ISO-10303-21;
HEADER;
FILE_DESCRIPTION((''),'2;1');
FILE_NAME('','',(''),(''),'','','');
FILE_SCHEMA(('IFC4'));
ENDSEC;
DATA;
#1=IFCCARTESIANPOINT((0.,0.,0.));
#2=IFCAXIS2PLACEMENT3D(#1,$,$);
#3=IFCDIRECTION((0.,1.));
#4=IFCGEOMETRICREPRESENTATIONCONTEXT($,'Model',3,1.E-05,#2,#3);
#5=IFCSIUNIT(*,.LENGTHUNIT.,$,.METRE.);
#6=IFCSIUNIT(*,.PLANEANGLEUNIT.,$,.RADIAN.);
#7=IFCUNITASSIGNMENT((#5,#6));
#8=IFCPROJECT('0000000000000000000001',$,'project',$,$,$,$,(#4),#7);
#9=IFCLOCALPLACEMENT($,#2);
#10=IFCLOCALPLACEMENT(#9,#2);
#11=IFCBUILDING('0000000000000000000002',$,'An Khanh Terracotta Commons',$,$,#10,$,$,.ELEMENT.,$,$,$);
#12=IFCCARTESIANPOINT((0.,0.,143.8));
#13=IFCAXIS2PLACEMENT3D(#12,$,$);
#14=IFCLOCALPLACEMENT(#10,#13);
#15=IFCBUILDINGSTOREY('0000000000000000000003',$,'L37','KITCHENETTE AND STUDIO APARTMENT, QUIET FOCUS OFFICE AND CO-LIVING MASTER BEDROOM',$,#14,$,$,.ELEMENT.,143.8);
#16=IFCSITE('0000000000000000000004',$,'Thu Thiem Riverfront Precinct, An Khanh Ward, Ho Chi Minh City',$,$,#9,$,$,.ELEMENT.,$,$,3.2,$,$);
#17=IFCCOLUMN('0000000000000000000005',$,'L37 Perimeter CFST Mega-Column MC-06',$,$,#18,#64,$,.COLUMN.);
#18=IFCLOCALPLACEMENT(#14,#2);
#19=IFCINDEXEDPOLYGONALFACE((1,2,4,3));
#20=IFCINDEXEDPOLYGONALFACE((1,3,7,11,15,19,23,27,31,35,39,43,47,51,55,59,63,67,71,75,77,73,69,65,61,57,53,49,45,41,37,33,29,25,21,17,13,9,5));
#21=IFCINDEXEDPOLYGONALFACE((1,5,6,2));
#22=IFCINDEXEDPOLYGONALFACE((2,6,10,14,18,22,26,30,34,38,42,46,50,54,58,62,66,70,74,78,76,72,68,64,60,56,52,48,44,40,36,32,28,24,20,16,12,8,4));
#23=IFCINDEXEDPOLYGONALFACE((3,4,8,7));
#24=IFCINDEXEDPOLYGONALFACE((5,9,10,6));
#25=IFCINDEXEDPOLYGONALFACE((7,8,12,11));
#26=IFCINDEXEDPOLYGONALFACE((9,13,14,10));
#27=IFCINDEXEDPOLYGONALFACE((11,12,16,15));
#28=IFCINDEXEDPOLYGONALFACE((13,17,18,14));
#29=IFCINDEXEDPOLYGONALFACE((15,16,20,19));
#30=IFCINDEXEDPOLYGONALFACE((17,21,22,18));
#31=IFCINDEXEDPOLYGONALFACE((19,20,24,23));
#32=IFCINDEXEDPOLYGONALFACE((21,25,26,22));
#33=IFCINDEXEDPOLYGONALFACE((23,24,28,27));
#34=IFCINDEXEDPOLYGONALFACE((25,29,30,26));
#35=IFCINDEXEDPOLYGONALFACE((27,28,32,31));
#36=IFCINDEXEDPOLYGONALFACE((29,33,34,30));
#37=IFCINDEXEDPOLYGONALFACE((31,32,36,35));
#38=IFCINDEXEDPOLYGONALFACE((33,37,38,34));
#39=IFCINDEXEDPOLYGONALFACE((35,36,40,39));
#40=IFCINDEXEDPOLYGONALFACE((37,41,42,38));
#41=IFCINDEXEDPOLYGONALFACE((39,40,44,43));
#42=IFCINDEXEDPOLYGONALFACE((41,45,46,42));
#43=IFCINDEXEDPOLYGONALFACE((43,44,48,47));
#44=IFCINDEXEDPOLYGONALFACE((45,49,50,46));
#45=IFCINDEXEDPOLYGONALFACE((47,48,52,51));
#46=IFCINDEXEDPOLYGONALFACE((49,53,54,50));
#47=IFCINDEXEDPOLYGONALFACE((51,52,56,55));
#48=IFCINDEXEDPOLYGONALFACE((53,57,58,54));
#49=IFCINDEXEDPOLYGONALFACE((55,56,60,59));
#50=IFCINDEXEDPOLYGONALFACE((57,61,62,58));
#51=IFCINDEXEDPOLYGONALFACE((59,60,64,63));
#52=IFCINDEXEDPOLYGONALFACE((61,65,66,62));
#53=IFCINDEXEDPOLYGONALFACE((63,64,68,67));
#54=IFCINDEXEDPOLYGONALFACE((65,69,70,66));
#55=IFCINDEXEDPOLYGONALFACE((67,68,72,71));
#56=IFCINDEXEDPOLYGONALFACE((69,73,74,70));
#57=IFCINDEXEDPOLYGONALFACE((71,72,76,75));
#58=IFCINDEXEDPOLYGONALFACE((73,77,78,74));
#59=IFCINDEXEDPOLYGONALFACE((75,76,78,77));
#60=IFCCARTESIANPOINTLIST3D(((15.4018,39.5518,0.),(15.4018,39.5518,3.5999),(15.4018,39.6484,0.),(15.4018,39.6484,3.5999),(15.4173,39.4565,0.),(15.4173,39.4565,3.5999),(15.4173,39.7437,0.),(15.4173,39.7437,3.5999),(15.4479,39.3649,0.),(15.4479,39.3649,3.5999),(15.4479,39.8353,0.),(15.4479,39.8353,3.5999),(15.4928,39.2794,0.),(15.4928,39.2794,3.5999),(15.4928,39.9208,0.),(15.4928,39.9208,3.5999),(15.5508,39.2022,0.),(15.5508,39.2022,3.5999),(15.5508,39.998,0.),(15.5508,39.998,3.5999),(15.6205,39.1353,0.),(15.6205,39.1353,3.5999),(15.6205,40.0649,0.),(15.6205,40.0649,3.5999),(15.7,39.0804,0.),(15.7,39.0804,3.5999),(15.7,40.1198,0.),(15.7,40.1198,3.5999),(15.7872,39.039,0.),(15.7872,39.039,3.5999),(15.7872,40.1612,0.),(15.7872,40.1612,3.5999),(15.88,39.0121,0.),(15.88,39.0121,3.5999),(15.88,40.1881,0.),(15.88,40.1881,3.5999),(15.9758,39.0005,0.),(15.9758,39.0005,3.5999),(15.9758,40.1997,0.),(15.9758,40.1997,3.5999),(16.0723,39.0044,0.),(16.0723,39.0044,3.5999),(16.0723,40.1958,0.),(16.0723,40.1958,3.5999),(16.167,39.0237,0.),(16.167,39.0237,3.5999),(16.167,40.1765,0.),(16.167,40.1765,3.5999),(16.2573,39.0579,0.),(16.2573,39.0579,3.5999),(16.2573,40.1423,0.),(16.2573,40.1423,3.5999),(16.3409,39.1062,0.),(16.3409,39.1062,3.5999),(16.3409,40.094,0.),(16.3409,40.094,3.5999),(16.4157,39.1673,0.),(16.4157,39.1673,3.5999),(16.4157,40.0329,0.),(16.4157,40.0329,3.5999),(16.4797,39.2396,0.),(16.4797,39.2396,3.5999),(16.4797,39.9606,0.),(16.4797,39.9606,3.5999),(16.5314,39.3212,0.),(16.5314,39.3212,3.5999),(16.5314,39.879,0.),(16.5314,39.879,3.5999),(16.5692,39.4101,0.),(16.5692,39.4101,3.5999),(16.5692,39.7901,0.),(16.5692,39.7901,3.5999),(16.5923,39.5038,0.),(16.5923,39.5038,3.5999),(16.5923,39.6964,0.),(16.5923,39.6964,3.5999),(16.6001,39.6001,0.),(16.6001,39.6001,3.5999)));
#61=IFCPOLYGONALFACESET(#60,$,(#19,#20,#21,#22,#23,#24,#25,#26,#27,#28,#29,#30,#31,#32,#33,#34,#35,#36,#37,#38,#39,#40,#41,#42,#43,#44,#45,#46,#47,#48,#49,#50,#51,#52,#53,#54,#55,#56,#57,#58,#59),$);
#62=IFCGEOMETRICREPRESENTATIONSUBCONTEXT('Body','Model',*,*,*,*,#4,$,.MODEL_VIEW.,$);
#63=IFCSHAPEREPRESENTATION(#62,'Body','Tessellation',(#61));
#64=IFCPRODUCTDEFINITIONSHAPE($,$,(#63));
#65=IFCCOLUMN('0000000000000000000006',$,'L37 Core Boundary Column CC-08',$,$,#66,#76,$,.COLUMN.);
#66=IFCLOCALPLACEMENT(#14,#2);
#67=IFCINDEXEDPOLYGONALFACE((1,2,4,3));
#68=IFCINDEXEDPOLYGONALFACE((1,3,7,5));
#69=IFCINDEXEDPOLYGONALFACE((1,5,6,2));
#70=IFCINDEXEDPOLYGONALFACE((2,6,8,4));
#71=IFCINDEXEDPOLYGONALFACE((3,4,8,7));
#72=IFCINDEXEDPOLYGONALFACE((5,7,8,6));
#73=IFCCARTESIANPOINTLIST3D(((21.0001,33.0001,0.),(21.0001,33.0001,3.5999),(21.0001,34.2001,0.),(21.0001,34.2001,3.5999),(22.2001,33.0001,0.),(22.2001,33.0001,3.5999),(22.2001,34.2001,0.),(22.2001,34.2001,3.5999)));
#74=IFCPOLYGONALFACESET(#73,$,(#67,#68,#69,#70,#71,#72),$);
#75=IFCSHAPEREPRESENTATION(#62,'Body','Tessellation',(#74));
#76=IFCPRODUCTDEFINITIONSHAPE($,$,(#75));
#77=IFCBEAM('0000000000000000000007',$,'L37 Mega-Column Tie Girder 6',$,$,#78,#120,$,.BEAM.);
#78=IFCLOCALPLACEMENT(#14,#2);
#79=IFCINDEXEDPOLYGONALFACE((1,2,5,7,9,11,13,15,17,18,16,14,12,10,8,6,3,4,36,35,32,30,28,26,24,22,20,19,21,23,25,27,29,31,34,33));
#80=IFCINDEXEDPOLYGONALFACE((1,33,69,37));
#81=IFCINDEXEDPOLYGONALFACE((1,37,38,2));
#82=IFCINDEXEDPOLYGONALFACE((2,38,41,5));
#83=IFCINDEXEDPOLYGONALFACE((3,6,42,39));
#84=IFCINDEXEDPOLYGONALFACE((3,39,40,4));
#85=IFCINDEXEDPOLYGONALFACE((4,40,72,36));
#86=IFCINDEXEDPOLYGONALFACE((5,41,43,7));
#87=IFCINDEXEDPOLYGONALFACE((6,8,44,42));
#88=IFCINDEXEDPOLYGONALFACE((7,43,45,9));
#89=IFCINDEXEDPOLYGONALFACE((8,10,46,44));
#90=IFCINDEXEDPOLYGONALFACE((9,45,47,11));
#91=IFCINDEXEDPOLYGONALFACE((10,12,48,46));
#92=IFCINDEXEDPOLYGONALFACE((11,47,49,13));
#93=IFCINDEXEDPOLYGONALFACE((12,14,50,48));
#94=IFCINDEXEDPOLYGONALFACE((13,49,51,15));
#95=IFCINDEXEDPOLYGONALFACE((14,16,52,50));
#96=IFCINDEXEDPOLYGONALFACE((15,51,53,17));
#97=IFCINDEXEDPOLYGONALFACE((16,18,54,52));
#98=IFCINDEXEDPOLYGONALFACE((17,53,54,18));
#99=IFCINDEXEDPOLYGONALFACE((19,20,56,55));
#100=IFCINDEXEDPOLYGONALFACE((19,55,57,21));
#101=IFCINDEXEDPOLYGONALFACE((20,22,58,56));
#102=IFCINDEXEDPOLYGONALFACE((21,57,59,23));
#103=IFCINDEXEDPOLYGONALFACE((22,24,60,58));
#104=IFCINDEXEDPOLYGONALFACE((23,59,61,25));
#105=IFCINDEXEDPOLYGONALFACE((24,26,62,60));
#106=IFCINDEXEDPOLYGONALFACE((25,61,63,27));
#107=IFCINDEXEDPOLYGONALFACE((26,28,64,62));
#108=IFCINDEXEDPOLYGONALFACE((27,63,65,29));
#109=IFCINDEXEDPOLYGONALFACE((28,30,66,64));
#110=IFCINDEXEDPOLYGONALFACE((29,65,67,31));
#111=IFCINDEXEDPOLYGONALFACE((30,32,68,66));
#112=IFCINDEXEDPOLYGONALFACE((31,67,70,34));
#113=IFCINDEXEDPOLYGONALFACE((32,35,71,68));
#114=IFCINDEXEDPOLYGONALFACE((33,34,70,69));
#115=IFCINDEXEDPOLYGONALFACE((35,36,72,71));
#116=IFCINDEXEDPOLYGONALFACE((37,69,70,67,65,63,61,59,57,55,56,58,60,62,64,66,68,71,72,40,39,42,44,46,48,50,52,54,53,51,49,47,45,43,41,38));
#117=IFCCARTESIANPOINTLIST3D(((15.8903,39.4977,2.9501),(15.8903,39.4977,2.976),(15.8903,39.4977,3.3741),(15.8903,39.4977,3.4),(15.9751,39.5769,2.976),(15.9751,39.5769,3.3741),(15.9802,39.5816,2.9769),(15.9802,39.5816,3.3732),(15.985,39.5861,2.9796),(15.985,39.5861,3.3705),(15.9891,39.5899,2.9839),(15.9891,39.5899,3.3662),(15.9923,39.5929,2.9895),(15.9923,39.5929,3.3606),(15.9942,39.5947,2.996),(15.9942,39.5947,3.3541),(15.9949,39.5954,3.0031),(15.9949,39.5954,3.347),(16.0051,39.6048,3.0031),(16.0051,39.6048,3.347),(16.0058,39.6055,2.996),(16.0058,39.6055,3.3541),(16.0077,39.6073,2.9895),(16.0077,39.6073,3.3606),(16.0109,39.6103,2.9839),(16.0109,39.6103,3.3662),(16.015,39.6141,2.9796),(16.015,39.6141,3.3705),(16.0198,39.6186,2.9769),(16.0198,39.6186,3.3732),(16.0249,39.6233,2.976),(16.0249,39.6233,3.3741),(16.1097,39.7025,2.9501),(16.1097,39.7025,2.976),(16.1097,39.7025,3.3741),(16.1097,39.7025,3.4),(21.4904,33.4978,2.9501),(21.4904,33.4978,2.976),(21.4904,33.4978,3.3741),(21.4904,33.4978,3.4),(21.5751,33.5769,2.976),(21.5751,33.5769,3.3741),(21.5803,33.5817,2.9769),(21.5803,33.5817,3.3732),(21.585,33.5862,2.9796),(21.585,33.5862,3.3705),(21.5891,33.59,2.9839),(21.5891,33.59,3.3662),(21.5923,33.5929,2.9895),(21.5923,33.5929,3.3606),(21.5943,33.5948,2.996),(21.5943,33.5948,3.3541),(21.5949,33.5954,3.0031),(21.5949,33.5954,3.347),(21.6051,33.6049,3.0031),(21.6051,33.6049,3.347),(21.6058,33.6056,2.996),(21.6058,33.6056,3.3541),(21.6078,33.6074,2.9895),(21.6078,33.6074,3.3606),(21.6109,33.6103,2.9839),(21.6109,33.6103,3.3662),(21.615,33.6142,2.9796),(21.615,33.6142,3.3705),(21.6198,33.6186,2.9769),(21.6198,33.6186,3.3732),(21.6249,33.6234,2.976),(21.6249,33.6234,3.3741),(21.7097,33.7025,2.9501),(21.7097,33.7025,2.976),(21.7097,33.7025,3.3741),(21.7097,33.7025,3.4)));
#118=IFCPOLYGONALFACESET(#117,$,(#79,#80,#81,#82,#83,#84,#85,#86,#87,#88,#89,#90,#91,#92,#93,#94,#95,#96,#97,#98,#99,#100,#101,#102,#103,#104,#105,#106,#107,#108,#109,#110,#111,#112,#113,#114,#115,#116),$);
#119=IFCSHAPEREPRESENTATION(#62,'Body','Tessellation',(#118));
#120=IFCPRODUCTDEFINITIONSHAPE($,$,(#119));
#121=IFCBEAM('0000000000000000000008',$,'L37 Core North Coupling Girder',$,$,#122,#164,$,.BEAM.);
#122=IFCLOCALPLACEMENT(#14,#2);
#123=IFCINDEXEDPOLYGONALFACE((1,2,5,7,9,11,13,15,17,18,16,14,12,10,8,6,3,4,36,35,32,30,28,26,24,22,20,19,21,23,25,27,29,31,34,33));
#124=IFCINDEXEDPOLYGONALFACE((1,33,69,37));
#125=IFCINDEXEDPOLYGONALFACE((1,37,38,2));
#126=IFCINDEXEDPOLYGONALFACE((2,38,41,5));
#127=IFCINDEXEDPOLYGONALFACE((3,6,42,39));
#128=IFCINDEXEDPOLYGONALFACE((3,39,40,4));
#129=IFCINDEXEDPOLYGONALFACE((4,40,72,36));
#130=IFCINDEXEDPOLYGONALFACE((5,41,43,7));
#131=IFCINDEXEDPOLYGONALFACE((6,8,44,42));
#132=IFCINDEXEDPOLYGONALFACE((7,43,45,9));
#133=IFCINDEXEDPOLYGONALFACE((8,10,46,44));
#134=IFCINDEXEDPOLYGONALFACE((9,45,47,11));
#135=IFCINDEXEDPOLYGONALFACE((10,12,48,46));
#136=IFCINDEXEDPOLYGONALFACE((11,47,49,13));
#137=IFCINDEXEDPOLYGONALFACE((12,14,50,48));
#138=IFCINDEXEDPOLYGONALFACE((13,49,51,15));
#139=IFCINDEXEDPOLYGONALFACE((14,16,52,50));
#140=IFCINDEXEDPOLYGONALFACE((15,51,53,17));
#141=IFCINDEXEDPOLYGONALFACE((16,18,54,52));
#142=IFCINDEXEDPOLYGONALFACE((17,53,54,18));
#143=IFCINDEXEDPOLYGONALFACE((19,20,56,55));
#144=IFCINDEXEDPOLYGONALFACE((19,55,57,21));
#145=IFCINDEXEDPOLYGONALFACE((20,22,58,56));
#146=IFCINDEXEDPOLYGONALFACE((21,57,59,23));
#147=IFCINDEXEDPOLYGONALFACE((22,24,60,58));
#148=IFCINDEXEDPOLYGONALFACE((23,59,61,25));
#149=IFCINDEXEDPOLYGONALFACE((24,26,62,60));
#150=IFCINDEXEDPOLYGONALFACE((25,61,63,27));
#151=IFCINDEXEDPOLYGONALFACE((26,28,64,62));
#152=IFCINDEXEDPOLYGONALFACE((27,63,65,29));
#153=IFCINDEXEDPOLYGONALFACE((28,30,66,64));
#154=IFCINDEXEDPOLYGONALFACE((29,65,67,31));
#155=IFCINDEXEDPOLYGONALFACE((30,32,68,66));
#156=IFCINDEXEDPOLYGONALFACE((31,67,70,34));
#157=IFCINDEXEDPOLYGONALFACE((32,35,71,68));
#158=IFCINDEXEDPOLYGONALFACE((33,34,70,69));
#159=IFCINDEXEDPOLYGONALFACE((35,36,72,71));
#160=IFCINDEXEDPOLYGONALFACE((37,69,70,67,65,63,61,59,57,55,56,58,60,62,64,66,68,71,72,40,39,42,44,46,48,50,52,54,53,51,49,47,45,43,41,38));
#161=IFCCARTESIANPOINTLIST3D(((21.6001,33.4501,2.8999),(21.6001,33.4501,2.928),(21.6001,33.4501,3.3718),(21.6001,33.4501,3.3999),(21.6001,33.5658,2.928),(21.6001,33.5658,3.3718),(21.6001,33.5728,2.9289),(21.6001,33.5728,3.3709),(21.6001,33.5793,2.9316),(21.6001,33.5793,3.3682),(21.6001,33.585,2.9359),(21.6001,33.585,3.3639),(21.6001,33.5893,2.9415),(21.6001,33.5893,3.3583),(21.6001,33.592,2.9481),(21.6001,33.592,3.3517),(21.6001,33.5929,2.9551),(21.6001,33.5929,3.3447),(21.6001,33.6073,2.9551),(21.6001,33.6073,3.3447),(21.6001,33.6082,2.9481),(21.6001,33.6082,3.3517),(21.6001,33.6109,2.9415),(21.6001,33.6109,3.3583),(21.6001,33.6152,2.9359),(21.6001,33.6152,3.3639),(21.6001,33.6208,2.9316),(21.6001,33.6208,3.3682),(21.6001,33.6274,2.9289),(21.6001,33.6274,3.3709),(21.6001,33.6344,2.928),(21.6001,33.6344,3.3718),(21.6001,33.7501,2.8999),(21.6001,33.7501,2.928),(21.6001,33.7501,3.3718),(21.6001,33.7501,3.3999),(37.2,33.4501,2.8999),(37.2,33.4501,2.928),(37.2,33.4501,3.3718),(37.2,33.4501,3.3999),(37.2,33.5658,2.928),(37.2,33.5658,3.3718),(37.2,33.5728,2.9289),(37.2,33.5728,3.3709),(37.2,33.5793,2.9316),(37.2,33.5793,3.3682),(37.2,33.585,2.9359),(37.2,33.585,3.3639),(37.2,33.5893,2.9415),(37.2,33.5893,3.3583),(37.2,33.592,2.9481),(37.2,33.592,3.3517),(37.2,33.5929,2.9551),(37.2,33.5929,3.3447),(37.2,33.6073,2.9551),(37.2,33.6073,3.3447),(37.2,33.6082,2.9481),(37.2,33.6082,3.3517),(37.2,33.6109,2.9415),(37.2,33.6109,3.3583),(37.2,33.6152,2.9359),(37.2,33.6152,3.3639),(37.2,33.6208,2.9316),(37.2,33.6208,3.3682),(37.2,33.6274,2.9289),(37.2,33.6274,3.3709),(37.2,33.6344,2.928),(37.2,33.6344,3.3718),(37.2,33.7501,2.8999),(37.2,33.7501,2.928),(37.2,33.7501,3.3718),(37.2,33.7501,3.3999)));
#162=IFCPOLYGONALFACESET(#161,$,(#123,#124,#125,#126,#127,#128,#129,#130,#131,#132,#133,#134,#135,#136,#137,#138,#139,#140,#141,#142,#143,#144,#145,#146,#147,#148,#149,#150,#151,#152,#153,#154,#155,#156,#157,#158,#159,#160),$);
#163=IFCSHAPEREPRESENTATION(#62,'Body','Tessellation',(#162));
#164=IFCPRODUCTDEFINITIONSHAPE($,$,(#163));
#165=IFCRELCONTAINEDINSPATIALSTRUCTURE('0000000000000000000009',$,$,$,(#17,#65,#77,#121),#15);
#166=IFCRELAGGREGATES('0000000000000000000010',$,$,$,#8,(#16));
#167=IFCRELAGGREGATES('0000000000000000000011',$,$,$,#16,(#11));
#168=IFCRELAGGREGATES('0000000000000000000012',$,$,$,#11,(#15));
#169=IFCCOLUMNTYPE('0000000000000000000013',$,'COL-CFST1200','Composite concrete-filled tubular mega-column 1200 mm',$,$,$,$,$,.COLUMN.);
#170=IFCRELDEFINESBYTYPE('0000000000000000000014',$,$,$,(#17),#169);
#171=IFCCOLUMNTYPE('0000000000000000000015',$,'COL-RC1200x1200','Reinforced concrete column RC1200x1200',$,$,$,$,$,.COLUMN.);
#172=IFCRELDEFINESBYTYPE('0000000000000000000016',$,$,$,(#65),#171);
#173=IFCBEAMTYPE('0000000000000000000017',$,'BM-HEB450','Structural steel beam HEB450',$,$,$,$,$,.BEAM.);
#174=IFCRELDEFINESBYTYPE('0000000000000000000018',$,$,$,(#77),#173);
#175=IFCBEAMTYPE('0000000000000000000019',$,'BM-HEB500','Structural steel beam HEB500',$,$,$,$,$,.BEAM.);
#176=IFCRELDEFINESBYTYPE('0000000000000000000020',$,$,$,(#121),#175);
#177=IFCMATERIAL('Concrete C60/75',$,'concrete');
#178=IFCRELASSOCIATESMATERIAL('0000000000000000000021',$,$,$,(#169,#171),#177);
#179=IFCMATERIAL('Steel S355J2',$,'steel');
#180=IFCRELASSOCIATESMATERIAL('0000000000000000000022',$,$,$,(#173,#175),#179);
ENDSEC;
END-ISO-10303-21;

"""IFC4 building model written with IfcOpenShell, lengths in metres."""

from ifc_helpers import new_model, si_unit, direction, frame, origin, origin_2d, place, context, subcontext, project, spatial, rectangle, circle, i_section, extrude, material, material_profile, profile_set, type_object, element, save


model = new_model("IFC4")

# Units and contexts
model_context = context("Model", 3, precision=1e-05, world=origin(), true_north=direction((0.0, 1.0)))
body_context = subcontext(model_context, "Body", "Model", "MODEL_VIEW")
ifc_project = project(units=[si_unit("LENGTHUNIT", "METRE"), si_unit("PLANEANGLEUNIT", "RADIAN")], contexts=[model_context])

# Site, building, storey
site_placement = place(None, origin())
site = spatial("IfcSite", under=ifc_project, at=site_placement, Name="Thu Thiem Riverfront Precinct, An Khanh Ward, Ho Chi Minh City", CompositionType="ELEMENT", RefElevation=3.2)
building_placement = place(site_placement, origin())
building = spatial("IfcBuilding", under=site, at=building_placement, Name="An Khanh Terracotta Commons", CompositionType="ELEMENT")
storey_placement = place(building_placement, frame((0.0, 0.0, 143.8)))
storey = spatial("IfcBuildingStorey", under=building, at=storey_placement, Name="L37", Description="KITCHENETTE AND STUDIO APARTMENT, QUIET FOCUS OFFICE AND CO-LIVING MASTER BEDROOM", CompositionType="ELEMENT", Elevation=143.8)

# Columns
ifc_material_1 = material(Name="Concrete C60/75", Category="concrete")
ifc_material_profile_1 = material_profile(ifc_material_1, circle(Radius=0.6001, at=origin_2d()), Name="CFST1200")
ifc_profile_set_1 = profile_set([ifc_material_profile_1], Name="Concrete C60/75")
column_type_1 = type_object("IfcColumnType", Name="COL-CFST1200", Description="Composite concrete-filled tubular mega-column 1200 mm", PredefinedType="COLUMN", material=ifc_profile_set_1)
column_1_placement = place(storey_placement, frame((16.0, 39.6001, 0.0), z_axis=(0.0, 0.0, 1.0), x_axis=(1.0, 0.0, 0.0)))
element("IfcColumn", 1, at=column_1_placement, inside=storey, type_object=column_type_1, Name="L37 Perimeter CFST Mega-Column MC-06", PredefinedType="COLUMN", context=body_context, shape_type="SweptSolid", body=[
    extrude(circle(Radius=0.6001, at=origin_2d()), origin(), (0.0, 0.0, 1.0), 3.5999),
])
ifc_material_profile_2 = material_profile(ifc_material_1, rectangle(XDim=1.2, YDim=1.2, at=origin_2d()), Name="RC1200x1200")
ifc_profile_set_2 = profile_set([ifc_material_profile_2], Name="Concrete C60/75")
column_type_2 = type_object("IfcColumnType", Name="COL-RC1200x1200", Description="Reinforced concrete column RC1200x1200", PredefinedType="COLUMN", material=ifc_profile_set_2)
column_2_placement = place(storey_placement, frame((21.6001, 33.6001, 0.0), z_axis=(0.0, 0.0, 1.0), x_axis=(1.0, 0.0, 0.0)))
element("IfcColumn", 2, at=column_2_placement, inside=storey, type_object=column_type_2, Name="L37 Core Boundary Column CC-08", PredefinedType="COLUMN", context=body_context, shape_type="SweptSolid", body=[
    extrude(rectangle(XDim=1.2, YDim=1.2, at=origin_2d()), origin(), (0.0, 0.0, 1.0), 3.5999),
])

# Beams
ifc_material_2 = material(Name="Steel S355J2", Category="steel")
ifc_material_profile_3 = material_profile(ifc_material_2, i_section(OverallWidth=0.3, OverallDepth=0.45, WebThickness=0.0139, FlangeThickness=0.0259, FilletRadius=0.0271, at=origin_2d()), Name="HEB450")
ifc_profile_set_3 = profile_set([ifc_material_profile_3], Name="Steel S355J2")
beam_type_1 = type_object("IfcBeamType", Name="BM-HEB450", Description="Structural steel beam HEB450", PredefinedType="BEAM", material=ifc_profile_set_3)
beam_1_placement = place(storey_placement, frame((16.0, 39.6001, 3.175), z_axis=(0.682325, -0.731049, 0.0), x_axis=(0.731049, 0.682325, 0.0)))
element("IfcBeam", 3, at=beam_1_placement, inside=storey, type_object=beam_type_1, Name="L37 Mega-Column Tie Girder 6", PredefinedType="BEAM", context=body_context, shape_type="SweptSolid", body=[
    extrude(i_section(OverallWidth=0.3, OverallDepth=0.45, WebThickness=0.0139, FlangeThickness=0.0259, FilletRadius=0.0271, at=origin_2d()), origin(), (0.0, 0.0, 1.0), 8.2073),
])
ifc_material_profile_4 = material_profile(ifc_material_2, i_section(OverallWidth=0.3, OverallDepth=0.5, WebThickness=0.0144, FlangeThickness=0.0281, FilletRadius=0.0271, at=origin_2d()), Name="HEB500")
ifc_profile_set_4 = profile_set([ifc_material_profile_4], Name="Steel S355J2")
beam_type_2 = type_object("IfcBeamType", Name="BM-HEB500", Description="Structural steel beam HEB500", PredefinedType="BEAM", material=ifc_profile_set_4)
beam_2_placement = place(storey_placement, frame((21.6001, 33.6001, 3.1499), z_axis=(1.0, 0.0, 0.0), x_axis=(0.0, 1.0, 0.0)))
element("IfcBeam", 4, at=beam_2_placement, inside=storey, type_object=beam_type_2, Name="L37 Core North Coupling Girder", PredefinedType="BEAM", context=body_context, shape_type="SweptSolid", body=[
    extrude(i_section(OverallWidth=0.3, OverallDepth=0.5, WebThickness=0.0144, FlangeThickness=0.0281, FilletRadius=0.0271, at=origin_2d()), origin(), (0.0, 0.0, 1.0), 15.5999),
])

save(model, "model.ifc")
